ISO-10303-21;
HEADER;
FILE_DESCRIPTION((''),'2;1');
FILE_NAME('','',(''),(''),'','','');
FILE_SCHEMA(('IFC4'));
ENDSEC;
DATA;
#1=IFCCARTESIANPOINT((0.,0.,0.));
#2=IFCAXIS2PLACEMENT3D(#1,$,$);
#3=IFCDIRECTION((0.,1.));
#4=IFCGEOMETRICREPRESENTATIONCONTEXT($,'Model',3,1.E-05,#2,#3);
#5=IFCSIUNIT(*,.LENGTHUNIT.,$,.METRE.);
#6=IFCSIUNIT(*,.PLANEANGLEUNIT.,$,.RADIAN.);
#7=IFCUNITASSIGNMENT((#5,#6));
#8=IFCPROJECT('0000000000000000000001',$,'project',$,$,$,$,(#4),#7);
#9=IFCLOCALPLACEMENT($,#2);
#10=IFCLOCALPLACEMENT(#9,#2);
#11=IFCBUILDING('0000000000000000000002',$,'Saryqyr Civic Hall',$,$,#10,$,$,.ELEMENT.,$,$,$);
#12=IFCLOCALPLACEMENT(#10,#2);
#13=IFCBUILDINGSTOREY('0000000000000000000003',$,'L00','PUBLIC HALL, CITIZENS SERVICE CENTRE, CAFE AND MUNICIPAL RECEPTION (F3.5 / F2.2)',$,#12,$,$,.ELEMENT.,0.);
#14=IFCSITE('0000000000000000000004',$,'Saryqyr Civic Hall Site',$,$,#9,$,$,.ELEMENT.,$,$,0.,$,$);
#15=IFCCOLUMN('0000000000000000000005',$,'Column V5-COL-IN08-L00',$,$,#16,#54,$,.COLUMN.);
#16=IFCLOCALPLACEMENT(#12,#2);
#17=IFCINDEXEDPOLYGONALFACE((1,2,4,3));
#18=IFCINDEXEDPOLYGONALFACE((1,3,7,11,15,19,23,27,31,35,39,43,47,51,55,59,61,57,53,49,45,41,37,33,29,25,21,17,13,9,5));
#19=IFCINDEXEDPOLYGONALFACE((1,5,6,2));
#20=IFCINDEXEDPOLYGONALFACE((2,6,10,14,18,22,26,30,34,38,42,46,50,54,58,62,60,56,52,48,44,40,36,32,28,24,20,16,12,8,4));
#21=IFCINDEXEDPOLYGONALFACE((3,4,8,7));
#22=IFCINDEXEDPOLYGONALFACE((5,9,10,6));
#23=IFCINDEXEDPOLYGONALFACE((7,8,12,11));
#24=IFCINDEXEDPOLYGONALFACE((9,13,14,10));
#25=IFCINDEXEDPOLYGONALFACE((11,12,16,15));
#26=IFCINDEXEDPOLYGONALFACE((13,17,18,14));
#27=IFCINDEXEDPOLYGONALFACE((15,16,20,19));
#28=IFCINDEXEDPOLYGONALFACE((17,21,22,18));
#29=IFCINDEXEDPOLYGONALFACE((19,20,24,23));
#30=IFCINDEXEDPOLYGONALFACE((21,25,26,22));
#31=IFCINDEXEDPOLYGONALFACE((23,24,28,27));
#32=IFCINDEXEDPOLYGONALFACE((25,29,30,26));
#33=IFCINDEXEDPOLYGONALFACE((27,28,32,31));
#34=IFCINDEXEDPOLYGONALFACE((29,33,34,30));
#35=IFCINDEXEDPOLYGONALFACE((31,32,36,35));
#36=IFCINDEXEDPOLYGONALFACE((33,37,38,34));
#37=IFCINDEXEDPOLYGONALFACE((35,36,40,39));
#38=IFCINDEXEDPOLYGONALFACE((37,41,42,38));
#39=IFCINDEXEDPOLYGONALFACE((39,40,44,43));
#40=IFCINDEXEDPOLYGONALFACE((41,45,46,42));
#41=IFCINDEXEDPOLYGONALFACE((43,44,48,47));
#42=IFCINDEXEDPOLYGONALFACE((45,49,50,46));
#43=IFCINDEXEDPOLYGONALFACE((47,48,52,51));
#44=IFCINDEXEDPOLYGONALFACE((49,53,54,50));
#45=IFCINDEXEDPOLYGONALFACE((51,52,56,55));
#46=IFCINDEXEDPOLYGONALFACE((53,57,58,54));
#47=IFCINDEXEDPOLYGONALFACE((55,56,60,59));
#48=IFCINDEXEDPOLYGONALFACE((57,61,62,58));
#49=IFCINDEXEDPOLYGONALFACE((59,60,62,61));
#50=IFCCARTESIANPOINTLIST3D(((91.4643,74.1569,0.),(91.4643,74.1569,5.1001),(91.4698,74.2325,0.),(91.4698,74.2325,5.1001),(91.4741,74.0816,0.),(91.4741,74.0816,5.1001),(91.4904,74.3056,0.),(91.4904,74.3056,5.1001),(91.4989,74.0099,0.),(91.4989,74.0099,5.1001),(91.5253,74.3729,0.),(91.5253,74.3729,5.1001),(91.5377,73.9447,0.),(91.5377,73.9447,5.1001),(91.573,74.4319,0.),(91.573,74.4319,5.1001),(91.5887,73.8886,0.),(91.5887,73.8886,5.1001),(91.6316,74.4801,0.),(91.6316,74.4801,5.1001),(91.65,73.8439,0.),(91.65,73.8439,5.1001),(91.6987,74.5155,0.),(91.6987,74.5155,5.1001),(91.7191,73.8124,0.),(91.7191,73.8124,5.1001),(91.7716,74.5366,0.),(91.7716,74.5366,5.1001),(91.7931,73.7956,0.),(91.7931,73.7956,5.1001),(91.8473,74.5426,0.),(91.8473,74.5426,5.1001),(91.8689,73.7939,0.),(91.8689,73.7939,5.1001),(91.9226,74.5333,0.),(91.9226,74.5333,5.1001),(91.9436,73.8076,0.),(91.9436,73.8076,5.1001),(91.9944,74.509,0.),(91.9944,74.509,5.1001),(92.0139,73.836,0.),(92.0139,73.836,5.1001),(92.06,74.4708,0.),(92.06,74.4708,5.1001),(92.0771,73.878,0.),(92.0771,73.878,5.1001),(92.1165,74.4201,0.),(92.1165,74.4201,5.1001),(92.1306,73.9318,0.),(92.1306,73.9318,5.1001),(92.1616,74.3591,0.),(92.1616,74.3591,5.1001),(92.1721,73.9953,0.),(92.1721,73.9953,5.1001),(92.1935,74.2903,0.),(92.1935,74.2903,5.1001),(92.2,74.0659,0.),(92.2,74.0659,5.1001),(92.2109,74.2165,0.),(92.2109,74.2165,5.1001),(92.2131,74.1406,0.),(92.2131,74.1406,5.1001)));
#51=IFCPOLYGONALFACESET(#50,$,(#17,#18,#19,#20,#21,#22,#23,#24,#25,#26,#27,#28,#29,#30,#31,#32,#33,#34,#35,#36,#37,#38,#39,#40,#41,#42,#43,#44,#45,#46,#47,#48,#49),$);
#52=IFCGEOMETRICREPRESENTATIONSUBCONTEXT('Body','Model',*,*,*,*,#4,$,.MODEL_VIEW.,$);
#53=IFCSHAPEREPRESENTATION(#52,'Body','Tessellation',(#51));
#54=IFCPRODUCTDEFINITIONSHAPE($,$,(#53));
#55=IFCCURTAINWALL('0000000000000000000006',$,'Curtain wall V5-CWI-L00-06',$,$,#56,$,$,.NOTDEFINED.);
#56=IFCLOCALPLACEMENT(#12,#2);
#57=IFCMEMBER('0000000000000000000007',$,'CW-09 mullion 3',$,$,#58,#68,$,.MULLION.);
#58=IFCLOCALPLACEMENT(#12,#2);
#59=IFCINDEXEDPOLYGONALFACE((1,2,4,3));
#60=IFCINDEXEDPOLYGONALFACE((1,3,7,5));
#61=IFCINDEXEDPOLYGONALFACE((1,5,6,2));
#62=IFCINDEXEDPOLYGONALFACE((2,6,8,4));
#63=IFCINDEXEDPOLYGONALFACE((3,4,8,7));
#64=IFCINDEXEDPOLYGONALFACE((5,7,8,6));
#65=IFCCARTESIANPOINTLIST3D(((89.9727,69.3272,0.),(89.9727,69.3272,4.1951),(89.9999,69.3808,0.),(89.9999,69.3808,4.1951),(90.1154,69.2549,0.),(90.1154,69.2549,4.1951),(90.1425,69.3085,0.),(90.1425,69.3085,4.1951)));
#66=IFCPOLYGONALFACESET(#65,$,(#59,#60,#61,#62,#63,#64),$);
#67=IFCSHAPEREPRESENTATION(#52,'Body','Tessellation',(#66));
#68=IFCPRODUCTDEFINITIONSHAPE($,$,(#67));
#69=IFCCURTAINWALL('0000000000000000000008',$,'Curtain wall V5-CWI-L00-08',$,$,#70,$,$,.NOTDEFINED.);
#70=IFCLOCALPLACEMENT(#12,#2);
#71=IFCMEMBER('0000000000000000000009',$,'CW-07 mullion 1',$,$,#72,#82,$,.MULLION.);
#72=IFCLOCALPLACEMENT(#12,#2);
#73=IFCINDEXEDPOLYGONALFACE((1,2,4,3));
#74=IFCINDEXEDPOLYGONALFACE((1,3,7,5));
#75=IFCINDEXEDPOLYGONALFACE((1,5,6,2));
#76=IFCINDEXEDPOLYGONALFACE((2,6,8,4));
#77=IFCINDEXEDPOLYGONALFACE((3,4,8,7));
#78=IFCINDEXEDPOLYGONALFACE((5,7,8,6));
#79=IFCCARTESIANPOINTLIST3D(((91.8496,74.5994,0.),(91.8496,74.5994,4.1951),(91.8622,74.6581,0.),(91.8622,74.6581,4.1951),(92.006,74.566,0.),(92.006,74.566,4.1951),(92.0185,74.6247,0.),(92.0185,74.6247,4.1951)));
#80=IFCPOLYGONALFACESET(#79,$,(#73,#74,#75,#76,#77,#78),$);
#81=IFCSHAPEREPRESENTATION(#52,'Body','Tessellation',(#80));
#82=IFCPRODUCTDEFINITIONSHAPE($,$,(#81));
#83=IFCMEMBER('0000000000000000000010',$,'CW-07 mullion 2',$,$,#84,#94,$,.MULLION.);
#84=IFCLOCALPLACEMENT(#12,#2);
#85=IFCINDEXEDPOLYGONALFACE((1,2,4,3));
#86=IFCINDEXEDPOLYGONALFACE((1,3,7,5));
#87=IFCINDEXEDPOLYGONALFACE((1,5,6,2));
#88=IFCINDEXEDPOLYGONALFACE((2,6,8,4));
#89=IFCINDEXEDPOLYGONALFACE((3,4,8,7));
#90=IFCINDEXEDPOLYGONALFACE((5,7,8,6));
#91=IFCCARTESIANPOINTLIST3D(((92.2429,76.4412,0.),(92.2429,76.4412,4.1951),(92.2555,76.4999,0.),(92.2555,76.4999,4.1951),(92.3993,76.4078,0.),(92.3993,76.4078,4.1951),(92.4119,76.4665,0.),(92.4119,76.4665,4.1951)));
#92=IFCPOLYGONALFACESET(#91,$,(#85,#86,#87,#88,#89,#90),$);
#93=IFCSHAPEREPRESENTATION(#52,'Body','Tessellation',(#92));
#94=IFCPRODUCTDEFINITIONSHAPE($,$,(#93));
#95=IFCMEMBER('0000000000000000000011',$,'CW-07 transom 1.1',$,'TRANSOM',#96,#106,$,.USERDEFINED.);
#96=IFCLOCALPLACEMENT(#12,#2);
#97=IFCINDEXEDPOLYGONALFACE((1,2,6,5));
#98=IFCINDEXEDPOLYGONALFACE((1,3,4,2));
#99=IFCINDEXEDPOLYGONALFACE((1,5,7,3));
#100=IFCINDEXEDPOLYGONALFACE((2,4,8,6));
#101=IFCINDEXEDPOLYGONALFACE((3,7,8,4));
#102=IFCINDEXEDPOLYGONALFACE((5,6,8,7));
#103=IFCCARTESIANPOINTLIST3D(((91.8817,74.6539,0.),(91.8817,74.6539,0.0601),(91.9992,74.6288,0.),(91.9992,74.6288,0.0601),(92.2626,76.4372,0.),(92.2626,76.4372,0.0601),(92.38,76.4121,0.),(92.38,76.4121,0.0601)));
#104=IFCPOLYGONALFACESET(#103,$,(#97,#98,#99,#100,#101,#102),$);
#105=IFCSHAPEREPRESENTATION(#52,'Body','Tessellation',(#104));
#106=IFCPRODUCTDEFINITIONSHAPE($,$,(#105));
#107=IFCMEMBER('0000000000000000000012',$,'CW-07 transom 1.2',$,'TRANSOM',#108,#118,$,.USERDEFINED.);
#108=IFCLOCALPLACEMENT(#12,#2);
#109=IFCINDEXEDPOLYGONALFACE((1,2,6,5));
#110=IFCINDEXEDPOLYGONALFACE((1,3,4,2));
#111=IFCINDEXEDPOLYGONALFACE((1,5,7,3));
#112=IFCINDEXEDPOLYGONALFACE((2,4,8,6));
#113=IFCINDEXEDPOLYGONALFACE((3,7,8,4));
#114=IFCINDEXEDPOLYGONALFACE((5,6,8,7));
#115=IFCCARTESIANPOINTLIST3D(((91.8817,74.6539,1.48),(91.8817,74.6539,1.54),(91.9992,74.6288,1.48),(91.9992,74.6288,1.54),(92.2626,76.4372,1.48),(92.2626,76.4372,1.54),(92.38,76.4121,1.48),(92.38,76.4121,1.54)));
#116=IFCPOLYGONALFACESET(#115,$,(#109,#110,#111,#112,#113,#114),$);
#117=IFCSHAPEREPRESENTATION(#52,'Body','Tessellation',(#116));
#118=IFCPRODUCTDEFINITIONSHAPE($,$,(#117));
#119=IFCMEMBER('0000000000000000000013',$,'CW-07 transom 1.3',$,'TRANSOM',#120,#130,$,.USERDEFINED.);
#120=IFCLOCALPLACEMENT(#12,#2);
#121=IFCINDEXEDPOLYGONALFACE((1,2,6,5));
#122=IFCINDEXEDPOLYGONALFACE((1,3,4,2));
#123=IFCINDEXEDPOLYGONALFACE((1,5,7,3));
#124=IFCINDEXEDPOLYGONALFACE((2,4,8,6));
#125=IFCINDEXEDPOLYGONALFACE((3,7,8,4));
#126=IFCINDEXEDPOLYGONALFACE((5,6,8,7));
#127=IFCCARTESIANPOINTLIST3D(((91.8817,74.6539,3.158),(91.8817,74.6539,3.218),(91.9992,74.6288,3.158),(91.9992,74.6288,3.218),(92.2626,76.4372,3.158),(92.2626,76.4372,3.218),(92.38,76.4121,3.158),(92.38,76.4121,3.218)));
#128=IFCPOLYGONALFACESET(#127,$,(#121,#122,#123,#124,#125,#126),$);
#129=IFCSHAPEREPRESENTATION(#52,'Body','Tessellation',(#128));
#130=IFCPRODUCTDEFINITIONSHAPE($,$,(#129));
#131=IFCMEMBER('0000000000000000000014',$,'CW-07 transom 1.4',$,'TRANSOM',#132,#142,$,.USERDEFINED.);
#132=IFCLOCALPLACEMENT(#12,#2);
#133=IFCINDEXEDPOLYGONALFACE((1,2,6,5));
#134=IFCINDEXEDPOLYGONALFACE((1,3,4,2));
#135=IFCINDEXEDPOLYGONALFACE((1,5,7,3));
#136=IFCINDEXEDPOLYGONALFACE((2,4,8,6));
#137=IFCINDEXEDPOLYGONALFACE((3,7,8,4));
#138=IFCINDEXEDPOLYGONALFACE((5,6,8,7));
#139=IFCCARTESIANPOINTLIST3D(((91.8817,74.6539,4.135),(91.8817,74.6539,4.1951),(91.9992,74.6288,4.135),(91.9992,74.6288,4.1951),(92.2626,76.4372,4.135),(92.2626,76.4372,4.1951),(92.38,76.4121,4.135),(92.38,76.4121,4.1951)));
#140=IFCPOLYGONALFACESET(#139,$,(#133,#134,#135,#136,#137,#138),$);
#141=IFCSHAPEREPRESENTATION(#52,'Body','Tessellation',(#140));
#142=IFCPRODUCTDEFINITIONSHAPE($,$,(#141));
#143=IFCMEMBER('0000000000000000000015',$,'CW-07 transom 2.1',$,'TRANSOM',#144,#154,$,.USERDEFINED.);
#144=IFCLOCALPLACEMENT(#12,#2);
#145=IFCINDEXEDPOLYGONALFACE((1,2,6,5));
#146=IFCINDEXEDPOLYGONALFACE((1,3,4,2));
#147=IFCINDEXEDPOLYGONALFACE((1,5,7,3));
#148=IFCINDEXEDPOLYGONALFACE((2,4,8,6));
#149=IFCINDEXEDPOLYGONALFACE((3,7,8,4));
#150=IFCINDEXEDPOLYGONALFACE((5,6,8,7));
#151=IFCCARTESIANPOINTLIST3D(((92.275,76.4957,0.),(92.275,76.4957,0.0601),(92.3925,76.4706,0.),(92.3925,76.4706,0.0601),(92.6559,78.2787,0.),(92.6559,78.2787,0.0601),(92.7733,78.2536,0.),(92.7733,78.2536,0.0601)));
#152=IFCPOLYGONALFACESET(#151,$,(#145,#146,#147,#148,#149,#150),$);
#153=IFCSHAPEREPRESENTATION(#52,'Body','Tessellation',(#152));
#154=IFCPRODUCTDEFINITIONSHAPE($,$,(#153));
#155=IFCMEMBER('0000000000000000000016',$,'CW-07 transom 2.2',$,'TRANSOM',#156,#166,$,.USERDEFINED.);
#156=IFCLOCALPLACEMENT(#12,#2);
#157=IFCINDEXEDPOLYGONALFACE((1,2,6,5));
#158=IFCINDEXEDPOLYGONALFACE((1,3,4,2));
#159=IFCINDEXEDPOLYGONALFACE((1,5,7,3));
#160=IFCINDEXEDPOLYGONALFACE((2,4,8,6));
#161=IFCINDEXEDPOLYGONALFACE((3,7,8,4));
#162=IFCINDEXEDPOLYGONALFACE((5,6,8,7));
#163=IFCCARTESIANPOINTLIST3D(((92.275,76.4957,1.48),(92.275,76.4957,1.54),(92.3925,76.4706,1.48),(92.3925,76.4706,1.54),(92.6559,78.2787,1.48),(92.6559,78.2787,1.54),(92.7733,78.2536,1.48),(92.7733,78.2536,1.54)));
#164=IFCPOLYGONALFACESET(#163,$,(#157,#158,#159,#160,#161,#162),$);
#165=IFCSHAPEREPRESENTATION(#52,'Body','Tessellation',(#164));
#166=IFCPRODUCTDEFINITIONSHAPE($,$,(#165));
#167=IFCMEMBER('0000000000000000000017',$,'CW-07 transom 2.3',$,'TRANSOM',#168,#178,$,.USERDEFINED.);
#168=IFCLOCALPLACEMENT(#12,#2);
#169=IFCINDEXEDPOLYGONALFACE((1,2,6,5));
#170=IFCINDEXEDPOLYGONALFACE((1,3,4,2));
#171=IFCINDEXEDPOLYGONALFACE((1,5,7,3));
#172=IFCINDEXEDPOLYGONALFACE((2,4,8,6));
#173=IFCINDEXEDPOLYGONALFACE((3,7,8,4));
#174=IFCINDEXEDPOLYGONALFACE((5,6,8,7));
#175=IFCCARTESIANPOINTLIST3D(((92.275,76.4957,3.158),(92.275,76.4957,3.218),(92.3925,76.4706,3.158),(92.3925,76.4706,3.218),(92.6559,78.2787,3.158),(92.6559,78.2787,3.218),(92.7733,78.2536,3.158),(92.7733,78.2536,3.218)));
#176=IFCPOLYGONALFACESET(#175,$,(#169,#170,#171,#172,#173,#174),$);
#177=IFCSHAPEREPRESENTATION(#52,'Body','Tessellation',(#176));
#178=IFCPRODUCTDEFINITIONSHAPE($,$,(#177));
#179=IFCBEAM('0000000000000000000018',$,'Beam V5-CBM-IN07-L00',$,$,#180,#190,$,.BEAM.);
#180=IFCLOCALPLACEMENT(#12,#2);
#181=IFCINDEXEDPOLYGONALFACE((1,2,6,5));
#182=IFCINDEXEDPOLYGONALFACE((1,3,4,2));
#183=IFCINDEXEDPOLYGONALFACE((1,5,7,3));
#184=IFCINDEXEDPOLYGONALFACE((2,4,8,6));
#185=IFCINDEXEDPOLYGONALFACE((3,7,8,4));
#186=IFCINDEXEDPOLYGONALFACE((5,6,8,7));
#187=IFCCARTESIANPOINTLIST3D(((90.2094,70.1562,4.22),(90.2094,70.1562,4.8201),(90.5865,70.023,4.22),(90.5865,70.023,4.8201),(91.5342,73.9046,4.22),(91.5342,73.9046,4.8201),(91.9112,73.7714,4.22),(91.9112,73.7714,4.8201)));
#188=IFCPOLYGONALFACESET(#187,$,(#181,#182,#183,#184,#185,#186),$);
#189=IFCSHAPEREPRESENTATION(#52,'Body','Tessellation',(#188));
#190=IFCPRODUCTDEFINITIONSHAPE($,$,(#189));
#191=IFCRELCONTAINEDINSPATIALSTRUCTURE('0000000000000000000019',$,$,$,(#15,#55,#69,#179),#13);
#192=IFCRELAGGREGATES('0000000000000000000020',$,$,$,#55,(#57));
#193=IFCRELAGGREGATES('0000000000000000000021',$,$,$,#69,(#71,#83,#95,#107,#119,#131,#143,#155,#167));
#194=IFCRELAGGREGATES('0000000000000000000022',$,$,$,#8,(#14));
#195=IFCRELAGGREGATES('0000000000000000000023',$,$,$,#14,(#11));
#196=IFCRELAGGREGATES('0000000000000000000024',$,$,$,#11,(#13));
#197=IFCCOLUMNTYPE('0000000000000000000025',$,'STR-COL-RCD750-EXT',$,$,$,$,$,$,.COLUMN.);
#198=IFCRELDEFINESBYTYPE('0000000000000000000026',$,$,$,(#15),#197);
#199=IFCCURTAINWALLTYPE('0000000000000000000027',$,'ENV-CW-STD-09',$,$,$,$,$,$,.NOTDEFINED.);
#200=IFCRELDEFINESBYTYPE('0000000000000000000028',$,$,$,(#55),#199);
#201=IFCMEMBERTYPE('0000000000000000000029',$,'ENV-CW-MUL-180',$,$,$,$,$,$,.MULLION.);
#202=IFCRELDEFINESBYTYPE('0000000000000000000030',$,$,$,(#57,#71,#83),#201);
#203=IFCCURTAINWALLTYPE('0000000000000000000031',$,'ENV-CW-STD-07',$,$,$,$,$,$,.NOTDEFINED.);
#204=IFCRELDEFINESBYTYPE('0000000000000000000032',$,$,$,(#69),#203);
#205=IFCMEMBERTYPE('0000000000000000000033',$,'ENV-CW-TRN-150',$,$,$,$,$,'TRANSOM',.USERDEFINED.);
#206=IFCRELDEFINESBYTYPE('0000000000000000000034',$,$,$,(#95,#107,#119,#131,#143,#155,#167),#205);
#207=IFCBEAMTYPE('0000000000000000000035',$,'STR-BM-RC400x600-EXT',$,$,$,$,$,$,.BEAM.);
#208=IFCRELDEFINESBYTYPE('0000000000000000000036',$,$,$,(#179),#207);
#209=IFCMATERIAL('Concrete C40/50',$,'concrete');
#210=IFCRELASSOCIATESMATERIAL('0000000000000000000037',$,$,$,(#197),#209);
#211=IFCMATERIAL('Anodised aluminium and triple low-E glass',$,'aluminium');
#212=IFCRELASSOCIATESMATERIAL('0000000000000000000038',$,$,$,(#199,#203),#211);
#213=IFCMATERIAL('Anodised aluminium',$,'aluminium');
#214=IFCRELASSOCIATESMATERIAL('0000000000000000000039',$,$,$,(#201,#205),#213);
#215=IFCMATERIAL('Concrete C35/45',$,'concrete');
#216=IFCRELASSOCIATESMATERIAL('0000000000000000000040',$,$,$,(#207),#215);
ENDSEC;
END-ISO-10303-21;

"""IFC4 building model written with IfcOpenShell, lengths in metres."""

from ifc_helpers import new_model, si_unit, direction, frame, origin, origin_2d, place, context, subcontext, project, spatial, rectangle, circle, extrude, material, material_profile, profile_set, type_object, element, aggregate, save


model = new_model("IFC4")

# Units and contexts
model_context = context("Model", 3, precision=1e-05, world=origin(), true_north=direction((0.0, 1.0)))
body_context = subcontext(model_context, "Body", "Model", "MODEL_VIEW")
ifc_project = project(units=[si_unit("LENGTHUNIT", "METRE"), si_unit("PLANEANGLEUNIT", "RADIAN")], contexts=[model_context])

# Site, building, storey
site_placement = place(None, origin())
site = spatial("IfcSite", under=ifc_project, at=site_placement, Name="Saryqyr Civic Hall Site", CompositionType="ELEMENT", RefElevation=0.0)
building_placement = place(site_placement, origin())
building = spatial("IfcBuilding", under=site, at=building_placement, Name="Saryqyr Civic Hall", CompositionType="ELEMENT")
storey_placement = place(building_placement, origin())
storey = spatial("IfcBuildingStorey", under=building, at=storey_placement, Name="L00", Description="PUBLIC HALL, CITIZENS SERVICE CENTRE, CAFE AND MUNICIPAL RECEPTION (F3.5 / F2.2)", CompositionType="ELEMENT", Elevation=0.0)

# Column
ifc_material_1 = material(Name="Concrete C40/50", Category="concrete")
ifc_material_profile_1 = material_profile(ifc_material_1, circle(Radius=0.375, at=origin_2d()), Name="RC D750")
ifc_profile_set_1 = profile_set([ifc_material_profile_1], Name="Concrete C40/50")
column_type = type_object("IfcColumnType", Name="STR-COL-RCD750-EXT", PredefinedType="COLUMN", material=ifc_profile_set_1)
for number, where, z_axis, x_axis, name in (
    (1, (91.8391, 74.1677, 0.0), (0.0, 0.0, 1.0), (0.962408, -0.271608, 0.0), "Column V5-COL-IN08-L00"),
):
    element("IfcColumn", number, at=place(storey_placement, frame(where, z_axis=z_axis, x_axis=x_axis)), inside=storey, type_object=column_type, Name=name, PredefinedType="COLUMN", context=body_context, shape_type="SweptSolid", body=[
        extrude(circle(Radius=0.375, at=origin_2d()), origin(), (0.0, 0.0, 1.0), 5.1001),
    ])

# Curtain wall, member
ifc_material_2 = material(Name="Anodised aluminium and triple low-E glass", Category="aluminium")
curtain_wall_type_1 = type_object("IfcCurtainWallType", Name="ENV-CW-STD-09", PredefinedType="NOTDEFINED", material=ifc_material_2)
curtain_wall_1_placement = place(storey_placement, origin())
curtain_wall_1 = element("IfcCurtainWall", 2, at=curtain_wall_1_placement, inside=storey, type_object=curtain_wall_type_1, Name="Curtain wall V5-CWI-L00-06", PredefinedType="NOTDEFINED")
ifc_material_3 = material(Name="Anodised aluminium", Category="aluminium")
ifc_material_profile_2 = material_profile(ifc_material_3, rectangle(XDim=0.0601, YDim=0.1599, at=origin_2d()), Name="ALU MULLION 60x160")
ifc_profile_set_2 = profile_set([ifc_material_profile_2], Name="Anodised aluminium")
member_type_1 = type_object("IfcMemberType", Name="ENV-CW-MUL-180", PredefinedType="MULLION", material=ifc_profile_set_2)
member_1_placement = place(storey_placement, frame((90.0576, 69.3179, 0.0), z_axis=(0.0, 0.0, 1.0), x_axis=(0.45195, 0.892043, 0.0)))
member_1 = element("IfcMember", 3, at=member_1_placement, type_object=member_type_1, Name="CW-09 mullion 3", PredefinedType="MULLION", context=body_context, shape_type="SweptSolid", body=[
    extrude(rectangle(XDim=0.0601, YDim=0.1599, at=origin_2d()), origin(), (0.0, 0.0, 1.0), 4.1951),
])

# Curtain wall, members
curtain_wall_type_2 = type_object("IfcCurtainWallType", Name="ENV-CW-STD-07", PredefinedType="NOTDEFINED", material=ifc_material_2)
curtain_wall_2_placement = place(storey_placement, origin())
curtain_wall_2 = element("IfcCurtainWall", 4, at=curtain_wall_2_placement, inside=storey, type_object=curtain_wall_type_2, Name="Curtain wall V5-CWI-L00-08", PredefinedType="NOTDEFINED")
member_2_placement = place(storey_placement, frame((91.9341, 74.6121, 0.0), z_axis=(0.0, 0.0, 1.0), x_axis=(0.20891, 0.977935, 0.0)))
member_2 = element("IfcMember", 5, at=member_2_placement, type_object=member_type_1, Name="CW-07 mullion 1", PredefinedType="MULLION", context=body_context, shape_type="SweptSolid", body=[
    extrude(rectangle(XDim=0.0601, YDim=0.1599, at=origin_2d()), origin(), (0.0, 0.0, 1.0), 4.1951),
])
member_3_placement = place(storey_placement, frame((92.3274, 76.4539, 0.0), z_axis=(0.0, 0.0, 1.0), x_axis=(0.20891, 0.977935, 0.0)))
member_3 = element("IfcMember", 6, at=member_3_placement, type_object=member_type_1, Name="CW-07 mullion 2", PredefinedType="MULLION", context=body_context, shape_type="SweptSolid", body=[
    extrude(rectangle(XDim=0.0601, YDim=0.1599, at=origin_2d()), origin(), (0.0, 0.0, 1.0), 4.1951),
])
ifc_material_profile_3 = material_profile(ifc_material_3, rectangle(XDim=0.1201, YDim=0.0601, at=origin_2d()), Name="ALU TRANSOM 120x60")
ifc_profile_set_3 = profile_set([ifc_material_profile_3], Name="Anodised aluminium")
member_type_2 = type_object("IfcMemberType", Name="ENV-CW-TRN-150", ElementType="TRANSOM", PredefinedType="USERDEFINED", material=ifc_profile_set_3)
member_4_placement = place(storey_placement, frame((91.9404, 74.6414, 0.03), z_axis=(0.208871, 0.977943, 0.0), x_axis=(-0.977943, 0.208871, 0.0)))
member_4 = element("IfcMember", 7, at=member_4_placement, type_object=member_type_2, Name="CW-07 transom 1.1", ObjectType="TRANSOM", PredefinedType="USERDEFINED", context=body_context, shape_type="SweptSolid", body=[
    extrude(rectangle(XDim=0.1201, YDim=0.0601, at=origin_2d()), origin(), (0.0, 0.0, 1.0), 1.8235),
])
member_5_placement = place(storey_placement, frame((91.9404, 74.6414, 1.51), z_axis=(0.208871, 0.977943, 0.0), x_axis=(-0.977943, 0.208871, 0.0)))
member_5 = element("IfcMember", 8, at=member_5_placement, type_object=member_type_2, Name="CW-07 transom 1.2", ObjectType="TRANSOM", PredefinedType="USERDEFINED", context=body_context, shape_type="SweptSolid", body=[
    extrude(rectangle(XDim=0.1201, YDim=0.0601, at=origin_2d()), origin(), (0.0, 0.0, 1.0), 1.8235),
])
member_6_placement = place(storey_placement, frame((91.9404, 74.6414, 3.188), z_axis=(0.208871, 0.977943, 0.0), x_axis=(-0.977943, 0.208871, 0.0)))
member_6 = element("IfcMember", 9, at=member_6_placement, type_object=member_type_2, Name="CW-07 transom 1.3", ObjectType="TRANSOM", PredefinedType="USERDEFINED", context=body_context, shape_type="SweptSolid", body=[
    extrude(rectangle(XDim=0.1201, YDim=0.0601, at=origin_2d()), origin(), (0.0, 0.0, 1.0), 1.8235),
])
member_7_placement = place(storey_placement, frame((91.9404, 74.6414, 4.165), z_axis=(0.208871, 0.977943, 0.0), x_axis=(-0.977943, 0.208871, 0.0)))
member_7 = element("IfcMember", 10, at=member_7_placement, type_object=member_type_2, Name="CW-07 transom 1.4", ObjectType="TRANSOM", PredefinedType="USERDEFINED", context=body_context, shape_type="SweptSolid", body=[
    extrude(rectangle(XDim=0.1201, YDim=0.0601, at=origin_2d()), origin(), (0.0, 0.0, 1.0), 1.8235),
])
member_8_placement = place(storey_placement, frame((92.3337, 76.4832, 0.03), z_axis=(0.208898, 0.977937, 0.0), x_axis=(-0.977937, 0.208898, 0.0)))
member_8 = element("IfcMember", 11, at=member_8_placement, type_object=member_type_2, Name="CW-07 transom 2.1", ObjectType="TRANSOM", PredefinedType="USERDEFINED", context=body_context, shape_type="SweptSolid", body=[
    extrude(rectangle(XDim=0.1201, YDim=0.0601, at=origin_2d()), origin(), (0.0, 0.0, 1.0), 1.8232),
])
member_9_placement = place(storey_placement, frame((92.3337, 76.4832, 1.51), z_axis=(0.208898, 0.977937, 0.0), x_axis=(-0.977937, 0.208898, 0.0)))
member_9 = element("IfcMember", 12, at=member_9_placement, type_object=member_type_2, Name="CW-07 transom 2.2", ObjectType="TRANSOM", PredefinedType="USERDEFINED", context=body_context, shape_type="SweptSolid", body=[
    extrude(rectangle(XDim=0.1201, YDim=0.0601, at=origin_2d()), origin(), (0.0, 0.0, 1.0), 1.8232),
])
member_10_placement = place(storey_placement, frame((92.3337, 76.4832, 3.188), z_axis=(0.208898, 0.977937, 0.0), x_axis=(-0.977937, 0.208898, 0.0)))
member_10 = element("IfcMember", 13, at=member_10_placement, type_object=member_type_2, Name="CW-07 transom 2.3", ObjectType="TRANSOM", PredefinedType="USERDEFINED", context=body_context, shape_type="SweptSolid", body=[
    extrude(rectangle(XDim=0.1201, YDim=0.0601, at=origin_2d()), origin(), (0.0, 0.0, 1.0), 1.8232),
])

# Beam
ifc_material_4 = material(Name="Concrete C35/45", Category="concrete")
ifc_material_profile_4 = material_profile(ifc_material_4, rectangle(XDim=0.3999, YDim=0.6001, at=origin_2d()), Name="RC 400x600")
ifc_profile_set_4 = profile_set([ifc_material_profile_4], Name="Concrete C35/45")
beam_type = type_object("IfcBeamType", Name="STR-BM-RC400x600-EXT", PredefinedType="BEAM", material=ifc_profile_set_4)
beam_1_placement = place(storey_placement, frame((90.3979, 70.0896, 4.52), z_axis=(0.333218, 0.94285, 0.0), x_axis=(-0.94285, 0.333218, 0.0)))
element("IfcBeam", 14, at=beam_1_placement, inside=storey, type_object=beam_type, Name="Beam V5-CBM-IN07-L00", PredefinedType="BEAM", context=body_context, shape_type="SweptSolid", body=[
    extrude(rectangle(XDim=0.3999, YDim=0.6001, at=origin_2d()), origin(), (0.0, 0.0, 1.0), 3.9756),
])

aggregate(curtain_wall_1, [member_1])
aggregate(curtain_wall_2, [member_2, member_3, member_4, member_5, member_6, member_7, member_8, member_9, member_10])

save(model, "model.ifc")
